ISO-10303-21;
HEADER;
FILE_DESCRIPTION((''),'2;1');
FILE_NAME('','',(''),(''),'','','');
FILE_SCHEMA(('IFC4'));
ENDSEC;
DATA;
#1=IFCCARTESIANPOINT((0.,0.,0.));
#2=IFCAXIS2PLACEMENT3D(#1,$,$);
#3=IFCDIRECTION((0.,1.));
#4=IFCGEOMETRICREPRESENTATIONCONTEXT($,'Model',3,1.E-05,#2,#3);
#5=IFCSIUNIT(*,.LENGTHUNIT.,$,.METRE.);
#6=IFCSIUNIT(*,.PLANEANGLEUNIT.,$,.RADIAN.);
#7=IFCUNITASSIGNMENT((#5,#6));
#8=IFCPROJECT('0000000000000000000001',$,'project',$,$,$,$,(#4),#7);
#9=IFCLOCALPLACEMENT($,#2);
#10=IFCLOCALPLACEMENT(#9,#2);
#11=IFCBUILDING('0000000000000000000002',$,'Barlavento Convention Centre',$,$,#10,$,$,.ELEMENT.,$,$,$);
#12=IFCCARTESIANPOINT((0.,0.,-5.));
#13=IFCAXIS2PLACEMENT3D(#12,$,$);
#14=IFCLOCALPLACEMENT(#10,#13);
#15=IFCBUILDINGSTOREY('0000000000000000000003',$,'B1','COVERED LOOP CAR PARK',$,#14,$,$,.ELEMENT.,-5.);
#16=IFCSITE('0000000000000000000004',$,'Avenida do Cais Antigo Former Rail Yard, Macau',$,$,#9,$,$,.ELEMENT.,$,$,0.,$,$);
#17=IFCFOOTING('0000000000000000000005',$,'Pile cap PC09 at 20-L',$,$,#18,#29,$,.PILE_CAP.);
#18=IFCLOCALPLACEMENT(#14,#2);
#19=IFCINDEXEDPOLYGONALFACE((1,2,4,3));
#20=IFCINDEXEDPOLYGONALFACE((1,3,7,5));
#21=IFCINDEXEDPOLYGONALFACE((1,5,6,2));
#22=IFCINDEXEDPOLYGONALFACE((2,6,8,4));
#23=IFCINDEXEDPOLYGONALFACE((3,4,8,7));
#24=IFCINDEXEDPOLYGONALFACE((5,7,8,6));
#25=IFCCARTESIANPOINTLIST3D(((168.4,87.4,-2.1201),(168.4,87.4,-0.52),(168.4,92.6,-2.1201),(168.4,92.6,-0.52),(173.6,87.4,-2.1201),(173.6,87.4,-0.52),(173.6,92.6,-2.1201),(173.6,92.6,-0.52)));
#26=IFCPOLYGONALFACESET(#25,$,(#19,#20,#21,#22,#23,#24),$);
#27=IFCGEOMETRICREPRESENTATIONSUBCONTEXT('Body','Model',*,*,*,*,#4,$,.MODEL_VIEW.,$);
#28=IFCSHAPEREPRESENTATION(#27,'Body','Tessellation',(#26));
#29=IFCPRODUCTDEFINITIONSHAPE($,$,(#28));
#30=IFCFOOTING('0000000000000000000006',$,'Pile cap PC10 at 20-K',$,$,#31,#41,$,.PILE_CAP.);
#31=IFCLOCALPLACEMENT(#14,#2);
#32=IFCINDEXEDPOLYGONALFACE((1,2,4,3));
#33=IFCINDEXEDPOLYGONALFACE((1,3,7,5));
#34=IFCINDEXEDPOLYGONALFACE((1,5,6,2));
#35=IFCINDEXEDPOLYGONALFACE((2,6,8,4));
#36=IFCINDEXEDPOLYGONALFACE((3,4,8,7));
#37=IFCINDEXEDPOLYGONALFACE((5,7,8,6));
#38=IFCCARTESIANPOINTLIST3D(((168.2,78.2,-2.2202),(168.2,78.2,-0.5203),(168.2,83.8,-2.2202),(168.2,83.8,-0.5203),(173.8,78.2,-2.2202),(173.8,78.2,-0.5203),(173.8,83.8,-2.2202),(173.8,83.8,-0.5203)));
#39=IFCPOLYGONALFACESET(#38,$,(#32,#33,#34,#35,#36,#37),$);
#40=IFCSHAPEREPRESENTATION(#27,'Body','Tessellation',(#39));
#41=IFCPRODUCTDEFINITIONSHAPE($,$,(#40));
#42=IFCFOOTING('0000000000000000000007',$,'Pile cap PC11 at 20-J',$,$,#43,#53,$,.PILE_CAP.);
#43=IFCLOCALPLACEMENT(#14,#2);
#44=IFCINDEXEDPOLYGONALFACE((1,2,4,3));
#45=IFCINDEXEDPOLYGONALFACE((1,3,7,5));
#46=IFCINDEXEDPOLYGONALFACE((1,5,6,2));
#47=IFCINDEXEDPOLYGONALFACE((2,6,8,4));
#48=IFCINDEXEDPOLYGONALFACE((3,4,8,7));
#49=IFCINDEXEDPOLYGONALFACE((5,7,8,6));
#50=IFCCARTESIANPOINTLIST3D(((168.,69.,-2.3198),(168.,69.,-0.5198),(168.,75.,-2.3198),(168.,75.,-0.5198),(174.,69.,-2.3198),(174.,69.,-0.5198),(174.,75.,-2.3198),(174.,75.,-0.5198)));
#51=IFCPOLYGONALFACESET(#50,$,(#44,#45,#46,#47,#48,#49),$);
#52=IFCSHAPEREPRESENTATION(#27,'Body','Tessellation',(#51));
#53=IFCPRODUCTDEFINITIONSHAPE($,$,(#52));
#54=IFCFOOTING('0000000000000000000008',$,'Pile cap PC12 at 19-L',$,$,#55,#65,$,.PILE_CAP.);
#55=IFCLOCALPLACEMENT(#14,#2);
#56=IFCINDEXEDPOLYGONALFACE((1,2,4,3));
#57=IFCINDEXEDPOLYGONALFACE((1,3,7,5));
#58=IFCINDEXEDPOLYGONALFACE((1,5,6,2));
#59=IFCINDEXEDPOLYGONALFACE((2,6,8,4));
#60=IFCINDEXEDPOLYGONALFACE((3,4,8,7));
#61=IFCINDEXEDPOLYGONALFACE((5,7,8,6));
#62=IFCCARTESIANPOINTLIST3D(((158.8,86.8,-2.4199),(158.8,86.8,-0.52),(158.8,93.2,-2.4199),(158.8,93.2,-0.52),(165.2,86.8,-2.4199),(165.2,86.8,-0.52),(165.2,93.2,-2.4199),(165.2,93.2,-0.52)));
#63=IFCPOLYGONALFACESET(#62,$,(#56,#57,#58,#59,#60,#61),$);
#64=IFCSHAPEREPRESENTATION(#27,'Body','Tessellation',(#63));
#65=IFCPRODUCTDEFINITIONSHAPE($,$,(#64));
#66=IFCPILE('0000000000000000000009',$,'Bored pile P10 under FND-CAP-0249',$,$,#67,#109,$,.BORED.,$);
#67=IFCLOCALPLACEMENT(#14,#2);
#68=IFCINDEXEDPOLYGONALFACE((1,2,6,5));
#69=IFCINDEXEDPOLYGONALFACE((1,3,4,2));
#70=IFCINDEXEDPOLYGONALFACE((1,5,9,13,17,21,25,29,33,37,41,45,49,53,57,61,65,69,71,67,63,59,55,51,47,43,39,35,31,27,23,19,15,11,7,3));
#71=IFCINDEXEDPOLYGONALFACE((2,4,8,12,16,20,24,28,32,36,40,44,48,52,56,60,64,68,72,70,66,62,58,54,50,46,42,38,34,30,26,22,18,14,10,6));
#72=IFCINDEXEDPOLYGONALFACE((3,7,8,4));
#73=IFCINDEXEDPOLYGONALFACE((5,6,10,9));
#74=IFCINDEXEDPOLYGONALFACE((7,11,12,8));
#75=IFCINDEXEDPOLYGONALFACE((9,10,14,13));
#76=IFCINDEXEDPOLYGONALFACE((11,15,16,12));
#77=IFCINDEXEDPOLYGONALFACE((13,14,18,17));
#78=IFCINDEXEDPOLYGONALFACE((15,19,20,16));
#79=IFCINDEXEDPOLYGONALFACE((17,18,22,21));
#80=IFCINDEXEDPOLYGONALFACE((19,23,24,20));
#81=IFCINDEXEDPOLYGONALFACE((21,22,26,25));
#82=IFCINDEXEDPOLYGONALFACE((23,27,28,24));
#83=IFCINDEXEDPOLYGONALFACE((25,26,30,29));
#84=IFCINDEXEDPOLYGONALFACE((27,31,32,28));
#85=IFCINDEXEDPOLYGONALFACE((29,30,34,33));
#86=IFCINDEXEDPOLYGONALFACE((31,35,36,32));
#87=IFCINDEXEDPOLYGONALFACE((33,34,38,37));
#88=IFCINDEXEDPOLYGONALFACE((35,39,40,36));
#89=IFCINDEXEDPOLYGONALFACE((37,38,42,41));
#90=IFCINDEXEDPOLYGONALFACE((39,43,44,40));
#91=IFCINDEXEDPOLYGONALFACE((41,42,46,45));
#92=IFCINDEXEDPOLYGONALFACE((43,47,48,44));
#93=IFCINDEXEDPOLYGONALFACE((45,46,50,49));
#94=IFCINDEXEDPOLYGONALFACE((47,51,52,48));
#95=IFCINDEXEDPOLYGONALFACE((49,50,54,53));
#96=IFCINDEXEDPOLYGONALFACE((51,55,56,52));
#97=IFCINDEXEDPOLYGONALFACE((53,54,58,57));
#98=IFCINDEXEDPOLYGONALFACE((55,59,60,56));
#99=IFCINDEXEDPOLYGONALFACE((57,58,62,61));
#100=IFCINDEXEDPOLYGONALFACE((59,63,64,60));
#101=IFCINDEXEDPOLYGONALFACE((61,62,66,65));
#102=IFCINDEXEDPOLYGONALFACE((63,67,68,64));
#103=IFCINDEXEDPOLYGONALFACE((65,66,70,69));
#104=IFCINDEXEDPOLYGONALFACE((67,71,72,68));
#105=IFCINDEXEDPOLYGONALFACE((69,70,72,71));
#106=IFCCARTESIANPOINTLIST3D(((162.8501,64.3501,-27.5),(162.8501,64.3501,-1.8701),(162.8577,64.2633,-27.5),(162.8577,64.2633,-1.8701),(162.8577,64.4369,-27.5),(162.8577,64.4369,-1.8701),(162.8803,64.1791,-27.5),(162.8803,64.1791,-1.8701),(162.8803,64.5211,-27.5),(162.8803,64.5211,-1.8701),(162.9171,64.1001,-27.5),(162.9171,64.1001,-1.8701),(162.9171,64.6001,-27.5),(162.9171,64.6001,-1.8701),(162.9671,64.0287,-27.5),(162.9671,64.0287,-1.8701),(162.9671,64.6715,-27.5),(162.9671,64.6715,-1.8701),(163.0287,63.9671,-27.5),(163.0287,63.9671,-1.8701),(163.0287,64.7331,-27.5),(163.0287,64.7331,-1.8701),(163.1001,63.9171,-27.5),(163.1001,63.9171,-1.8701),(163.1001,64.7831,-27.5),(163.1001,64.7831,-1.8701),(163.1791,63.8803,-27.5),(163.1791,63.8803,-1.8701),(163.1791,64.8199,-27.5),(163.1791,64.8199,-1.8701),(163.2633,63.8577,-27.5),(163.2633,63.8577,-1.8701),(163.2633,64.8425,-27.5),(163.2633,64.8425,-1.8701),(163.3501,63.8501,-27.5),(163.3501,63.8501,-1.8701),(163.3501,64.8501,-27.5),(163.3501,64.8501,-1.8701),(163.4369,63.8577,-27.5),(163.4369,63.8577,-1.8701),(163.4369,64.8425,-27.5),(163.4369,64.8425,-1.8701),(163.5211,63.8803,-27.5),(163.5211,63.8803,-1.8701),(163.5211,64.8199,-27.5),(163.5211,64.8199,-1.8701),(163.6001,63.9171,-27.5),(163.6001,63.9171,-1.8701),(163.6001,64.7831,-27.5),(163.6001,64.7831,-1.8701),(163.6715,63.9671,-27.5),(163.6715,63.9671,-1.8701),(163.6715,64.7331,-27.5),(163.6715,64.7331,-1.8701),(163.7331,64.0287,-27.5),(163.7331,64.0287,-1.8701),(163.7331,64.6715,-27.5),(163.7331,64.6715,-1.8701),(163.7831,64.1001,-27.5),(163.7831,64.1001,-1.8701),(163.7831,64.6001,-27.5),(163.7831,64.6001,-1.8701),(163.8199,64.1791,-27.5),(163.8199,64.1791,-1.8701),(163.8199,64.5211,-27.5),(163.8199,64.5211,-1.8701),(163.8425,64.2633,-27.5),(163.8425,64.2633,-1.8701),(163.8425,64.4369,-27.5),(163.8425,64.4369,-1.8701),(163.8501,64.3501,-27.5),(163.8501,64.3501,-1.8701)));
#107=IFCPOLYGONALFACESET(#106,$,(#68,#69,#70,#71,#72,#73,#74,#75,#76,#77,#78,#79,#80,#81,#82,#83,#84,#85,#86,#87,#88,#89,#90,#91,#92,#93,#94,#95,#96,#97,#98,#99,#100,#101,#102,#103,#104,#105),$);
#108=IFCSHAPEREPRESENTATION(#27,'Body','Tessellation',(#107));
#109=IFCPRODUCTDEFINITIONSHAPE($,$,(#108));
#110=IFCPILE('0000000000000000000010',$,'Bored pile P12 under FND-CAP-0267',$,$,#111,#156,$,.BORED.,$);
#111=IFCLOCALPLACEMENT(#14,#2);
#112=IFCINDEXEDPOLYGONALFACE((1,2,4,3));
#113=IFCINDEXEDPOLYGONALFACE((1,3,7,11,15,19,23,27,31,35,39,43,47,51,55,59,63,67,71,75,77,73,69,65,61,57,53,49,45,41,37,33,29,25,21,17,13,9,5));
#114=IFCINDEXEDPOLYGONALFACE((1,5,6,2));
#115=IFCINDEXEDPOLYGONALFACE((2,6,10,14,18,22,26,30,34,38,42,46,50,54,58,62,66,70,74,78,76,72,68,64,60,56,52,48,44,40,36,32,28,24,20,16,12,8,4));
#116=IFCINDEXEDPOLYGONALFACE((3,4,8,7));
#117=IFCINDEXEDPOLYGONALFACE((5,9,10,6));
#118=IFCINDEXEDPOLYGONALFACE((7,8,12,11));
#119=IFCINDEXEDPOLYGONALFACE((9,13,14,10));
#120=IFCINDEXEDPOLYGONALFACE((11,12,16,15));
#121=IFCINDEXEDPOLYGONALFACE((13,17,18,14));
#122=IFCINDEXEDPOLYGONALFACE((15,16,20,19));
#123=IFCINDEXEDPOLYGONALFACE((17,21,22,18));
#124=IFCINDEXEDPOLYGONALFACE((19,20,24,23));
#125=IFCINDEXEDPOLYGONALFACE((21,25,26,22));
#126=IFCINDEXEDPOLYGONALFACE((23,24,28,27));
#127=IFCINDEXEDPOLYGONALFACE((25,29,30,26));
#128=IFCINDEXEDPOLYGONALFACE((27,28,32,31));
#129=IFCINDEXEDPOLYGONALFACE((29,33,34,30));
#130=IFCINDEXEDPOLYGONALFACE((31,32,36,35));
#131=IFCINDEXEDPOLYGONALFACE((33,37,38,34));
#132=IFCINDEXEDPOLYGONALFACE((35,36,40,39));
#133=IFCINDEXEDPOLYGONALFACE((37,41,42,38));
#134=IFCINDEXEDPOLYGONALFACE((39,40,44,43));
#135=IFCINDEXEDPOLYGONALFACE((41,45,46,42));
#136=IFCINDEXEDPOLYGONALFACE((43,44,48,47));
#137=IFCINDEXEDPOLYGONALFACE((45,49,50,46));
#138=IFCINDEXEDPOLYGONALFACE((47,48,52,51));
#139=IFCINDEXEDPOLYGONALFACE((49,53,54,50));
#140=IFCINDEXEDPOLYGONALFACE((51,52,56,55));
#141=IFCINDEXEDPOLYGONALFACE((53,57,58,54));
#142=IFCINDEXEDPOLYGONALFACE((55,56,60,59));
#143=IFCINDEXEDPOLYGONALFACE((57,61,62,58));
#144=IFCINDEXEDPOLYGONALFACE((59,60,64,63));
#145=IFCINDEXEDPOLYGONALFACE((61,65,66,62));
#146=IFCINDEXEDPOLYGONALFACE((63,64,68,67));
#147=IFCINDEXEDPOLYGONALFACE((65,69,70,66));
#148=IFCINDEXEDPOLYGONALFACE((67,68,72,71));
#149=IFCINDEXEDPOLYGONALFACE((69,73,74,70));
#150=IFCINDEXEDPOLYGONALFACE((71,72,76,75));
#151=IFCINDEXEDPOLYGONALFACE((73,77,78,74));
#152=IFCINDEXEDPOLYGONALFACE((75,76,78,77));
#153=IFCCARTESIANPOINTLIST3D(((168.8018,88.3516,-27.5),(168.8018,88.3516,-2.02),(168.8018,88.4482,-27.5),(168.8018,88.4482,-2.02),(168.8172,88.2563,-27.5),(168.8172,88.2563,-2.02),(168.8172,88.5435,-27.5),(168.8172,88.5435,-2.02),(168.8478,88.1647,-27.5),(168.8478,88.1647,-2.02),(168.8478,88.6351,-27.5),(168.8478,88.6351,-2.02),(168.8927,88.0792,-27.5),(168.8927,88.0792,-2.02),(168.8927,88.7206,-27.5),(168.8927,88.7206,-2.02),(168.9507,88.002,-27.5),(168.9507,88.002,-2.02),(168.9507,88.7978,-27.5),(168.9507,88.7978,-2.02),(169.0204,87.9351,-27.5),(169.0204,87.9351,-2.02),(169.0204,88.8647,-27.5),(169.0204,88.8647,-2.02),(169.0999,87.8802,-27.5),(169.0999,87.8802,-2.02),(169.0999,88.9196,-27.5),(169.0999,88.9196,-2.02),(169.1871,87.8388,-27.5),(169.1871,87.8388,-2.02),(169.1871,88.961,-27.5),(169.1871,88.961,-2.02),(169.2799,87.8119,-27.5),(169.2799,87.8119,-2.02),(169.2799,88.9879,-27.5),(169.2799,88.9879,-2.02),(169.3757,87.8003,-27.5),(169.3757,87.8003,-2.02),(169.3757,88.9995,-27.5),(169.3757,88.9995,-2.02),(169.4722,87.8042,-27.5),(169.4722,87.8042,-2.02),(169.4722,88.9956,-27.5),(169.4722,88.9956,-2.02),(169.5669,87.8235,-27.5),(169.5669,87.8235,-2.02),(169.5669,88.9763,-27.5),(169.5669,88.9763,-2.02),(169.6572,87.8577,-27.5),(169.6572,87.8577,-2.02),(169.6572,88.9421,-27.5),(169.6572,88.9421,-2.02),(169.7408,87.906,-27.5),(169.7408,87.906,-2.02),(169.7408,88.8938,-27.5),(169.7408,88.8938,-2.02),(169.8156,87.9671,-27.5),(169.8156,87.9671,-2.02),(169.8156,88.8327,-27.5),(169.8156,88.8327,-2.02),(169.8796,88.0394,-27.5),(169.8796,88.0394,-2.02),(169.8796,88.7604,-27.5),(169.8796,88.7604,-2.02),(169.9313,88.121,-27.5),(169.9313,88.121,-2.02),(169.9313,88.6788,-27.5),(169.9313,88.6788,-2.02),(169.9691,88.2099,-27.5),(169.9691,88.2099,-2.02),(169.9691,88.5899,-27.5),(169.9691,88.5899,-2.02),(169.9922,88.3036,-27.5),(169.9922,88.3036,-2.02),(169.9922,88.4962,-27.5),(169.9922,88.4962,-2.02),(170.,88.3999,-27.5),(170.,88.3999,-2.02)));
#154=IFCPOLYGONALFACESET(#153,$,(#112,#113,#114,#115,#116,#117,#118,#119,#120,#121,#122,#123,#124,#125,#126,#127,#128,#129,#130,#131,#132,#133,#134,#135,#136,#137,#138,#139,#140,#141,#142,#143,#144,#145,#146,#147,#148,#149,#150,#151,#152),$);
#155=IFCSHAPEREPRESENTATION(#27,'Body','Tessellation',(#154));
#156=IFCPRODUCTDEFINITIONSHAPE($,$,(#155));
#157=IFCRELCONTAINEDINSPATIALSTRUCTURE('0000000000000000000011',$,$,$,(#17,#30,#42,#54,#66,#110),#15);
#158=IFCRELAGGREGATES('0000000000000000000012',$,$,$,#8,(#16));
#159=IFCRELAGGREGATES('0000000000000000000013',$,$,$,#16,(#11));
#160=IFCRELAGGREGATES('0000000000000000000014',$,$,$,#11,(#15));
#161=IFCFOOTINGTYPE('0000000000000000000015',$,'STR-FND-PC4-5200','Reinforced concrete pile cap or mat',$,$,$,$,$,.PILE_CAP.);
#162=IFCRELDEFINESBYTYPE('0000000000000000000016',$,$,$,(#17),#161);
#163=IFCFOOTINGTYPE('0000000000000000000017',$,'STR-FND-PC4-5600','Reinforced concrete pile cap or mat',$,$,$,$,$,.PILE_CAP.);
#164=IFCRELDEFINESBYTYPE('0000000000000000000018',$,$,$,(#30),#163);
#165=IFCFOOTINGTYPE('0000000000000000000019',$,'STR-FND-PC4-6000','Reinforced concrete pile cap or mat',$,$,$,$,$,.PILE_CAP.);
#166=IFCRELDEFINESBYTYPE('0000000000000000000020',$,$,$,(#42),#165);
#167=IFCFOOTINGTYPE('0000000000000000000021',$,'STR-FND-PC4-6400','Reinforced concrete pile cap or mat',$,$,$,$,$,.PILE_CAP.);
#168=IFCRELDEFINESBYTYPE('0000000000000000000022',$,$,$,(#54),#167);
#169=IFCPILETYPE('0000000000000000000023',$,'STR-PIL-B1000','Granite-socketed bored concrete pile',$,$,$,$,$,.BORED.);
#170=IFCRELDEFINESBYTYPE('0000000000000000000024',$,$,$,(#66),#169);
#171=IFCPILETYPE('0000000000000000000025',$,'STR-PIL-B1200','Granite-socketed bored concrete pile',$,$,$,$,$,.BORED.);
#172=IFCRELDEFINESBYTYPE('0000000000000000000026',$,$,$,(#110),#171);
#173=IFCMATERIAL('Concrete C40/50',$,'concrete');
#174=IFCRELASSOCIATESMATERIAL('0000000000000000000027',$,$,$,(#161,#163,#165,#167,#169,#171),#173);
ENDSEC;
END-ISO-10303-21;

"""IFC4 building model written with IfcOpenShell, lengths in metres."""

from ifc_helpers import new_model, si_unit, direction, frame, origin, origin_2d, place, context, subcontext, project, spatial, rectangle, circle, extrude, material, material_profile, profile_set, type_object, element, save


model = new_model("IFC4")

# Units and contexts
model_context = context("Model", 3, precision=1e-05, world=origin(), true_north=direction((0.0, 1.0)))
body_context = subcontext(model_context, "Body", "Model", "MODEL_VIEW")
ifc_project = project(units=[si_unit("LENGTHUNIT", "METRE"), si_unit("PLANEANGLEUNIT", "RADIAN")], contexts=[model_context])

# Site, building, storey
site_placement = place(None, origin())
site = spatial("IfcSite", under=ifc_project, at=site_placement, Name="Avenida do Cais Antigo Former Rail Yard, Macau", CompositionType="ELEMENT", RefElevation=0.0)
building_placement = place(site_placement, origin())
building = spatial("IfcBuilding", under=site, at=building_placement, Name="Barlavento Convention Centre", CompositionType="ELEMENT")
storey_placement = place(building_placement, frame((0.0, 0.0, -5.0)))
storey = spatial("IfcBuildingStorey", under=building, at=storey_placement, Name="B1", Description="COVERED LOOP CAR PARK", CompositionType="ELEMENT", Elevation=-5.0)

# Footings
ifc_material_1 = material(Name="Concrete C40/50", Category="concrete")
footing_type_1 = type_object("IfcFootingType", Name="STR-FND-PC4-5200", Description="Reinforced concrete pile cap or mat", PredefinedType="PILE_CAP", material=ifc_material_1)
footing_1_placement = place(storey_placement, frame((171.0, 90.0, -2.1201), z_axis=(0.0, 0.0, 1.0), x_axis=(1.0, 0.0, 0.0)))
element("IfcFooting", 1, at=footing_1_placement, inside=storey, type_object=footing_type_1, Name="Pile cap PC09 at 20-L", PredefinedType="PILE_CAP", context=body_context, shape_type="SweptSolid", body=[
    extrude(rectangle(XDim=5.2, YDim=5.2, at=origin_2d()), origin(), (0.0, 0.0, 1.0), 1.6001),
])
footing_type_2 = type_object("IfcFootingType", Name="STR-FND-PC4-5600", Description="Reinforced concrete pile cap or mat", PredefinedType="PILE_CAP", material=ifc_material_1)
footing_2_placement = place(storey_placement, frame((171.0, 81.0, -2.2202), z_axis=(0.0, 0.0, 1.0), x_axis=(1.0, 0.0, 0.0)))
element("IfcFooting", 2, at=footing_2_placement, inside=storey, type_object=footing_type_2, Name="Pile cap PC10 at 20-K", PredefinedType="PILE_CAP", context=body_context, shape_type="SweptSolid", body=[
    extrude(rectangle(XDim=5.6001, YDim=5.6001, at=origin_2d()), origin(), (0.0, 0.0, 1.0), 1.7),
])
footing_type_3 = type_object("IfcFootingType", Name="STR-FND-PC4-6000", Description="Reinforced concrete pile cap or mat", PredefinedType="PILE_CAP", material=ifc_material_1)
footing_3_placement = place(storey_placement, frame((171.0, 72.0, -2.3198), z_axis=(0.0, 0.0, 1.0), x_axis=(1.0, 0.0, 0.0)))
element("IfcFooting", 3, at=footing_3_placement, inside=storey, type_object=footing_type_3, Name="Pile cap PC11 at 20-J", PredefinedType="PILE_CAP", context=body_context, shape_type="SweptSolid", body=[
    extrude(rectangle(XDim=6.0, YDim=6.0, at=origin_2d()), origin(), (0.0, 0.0, 1.0), 1.8),
])
footing_type_4 = type_object("IfcFootingType", Name="STR-FND-PC4-6400", Description="Reinforced concrete pile cap or mat", PredefinedType="PILE_CAP", material=ifc_material_1)
footing_4_placement = place(storey_placement, frame((162.0, 90.0, -2.4199), z_axis=(0.0, 0.0, 1.0), x_axis=(1.0, 0.0, 0.0)))
element("IfcFooting", 4, at=footing_4_placement, inside=storey, type_object=footing_type_4, Name="Pile cap PC12 at 19-L", PredefinedType="PILE_CAP", context=body_context, shape_type="SweptSolid", body=[
    extrude(rectangle(XDim=6.3999, YDim=6.3999, at=origin_2d()), origin(), (0.0, 0.0, 1.0), 1.8999),
])

# Piles
ifc_material_profile_1 = material_profile(ifc_material_1, circle(Radius=0.5, at=origin_2d()), Name="BORED PILE 1000")
ifc_profile_set_1 = profile_set([ifc_material_profile_1], Name="Concrete C40/50")
pile_type_1 = type_object("IfcPileType", Name="STR-PIL-B1000", Description="Granite-socketed bored concrete pile", PredefinedType="BORED", material=ifc_profile_set_1)
pile_placement = place(storey_placement, frame((163.3501, 64.3501, -1.8701), z_axis=(0.0, 0.0, -1.0), x_axis=(1.0, 0.0, 0.0)))
element("IfcPile", 5, at=pile_placement, inside=storey, type_object=pile_type_1, Name="Bored pile P10 under FND-CAP-0249", PredefinedType="BORED", context=body_context, shape_type="SweptSolid", body=[
    extrude(circle(Radius=0.5, at=origin_2d()), origin(), (0.0, 0.0, 1.0), 25.6299),
])
ifc_material_profile_2 = material_profile(ifc_material_1, circle(Radius=0.6001, at=origin_2d()), Name="BORED PILE 1200")
ifc_profile_set_2 = profile_set([ifc_material_profile_2], Name="Concrete C40/50")
pile_type_2 = type_object("IfcPileType", Name="STR-PIL-B1200", Description="Granite-socketed bored concrete pile", PredefinedType="BORED", material=ifc_profile_set_2)
for number, where, z_axis, x_axis, name in (
    (6, (169.3999, 88.3999, -2.02), (0.0, 0.0, -1.0), (1.0, 0.0, 0.0), "Bored pile P12 under FND-CAP-0267"),
):
    element("IfcPile", number, at=place(storey_placement, frame(where, z_axis=z_axis, x_axis=x_axis)), inside=storey, type_object=pile_type_2, Name=name, PredefinedType="BORED", context=body_context, shape_type="SweptSolid", body=[
        extrude(circle(Radius=0.6001, at=origin_2d()), origin(), (0.0, 0.0, 1.0), 25.48),
    ])

save(model, "model.ifc")
